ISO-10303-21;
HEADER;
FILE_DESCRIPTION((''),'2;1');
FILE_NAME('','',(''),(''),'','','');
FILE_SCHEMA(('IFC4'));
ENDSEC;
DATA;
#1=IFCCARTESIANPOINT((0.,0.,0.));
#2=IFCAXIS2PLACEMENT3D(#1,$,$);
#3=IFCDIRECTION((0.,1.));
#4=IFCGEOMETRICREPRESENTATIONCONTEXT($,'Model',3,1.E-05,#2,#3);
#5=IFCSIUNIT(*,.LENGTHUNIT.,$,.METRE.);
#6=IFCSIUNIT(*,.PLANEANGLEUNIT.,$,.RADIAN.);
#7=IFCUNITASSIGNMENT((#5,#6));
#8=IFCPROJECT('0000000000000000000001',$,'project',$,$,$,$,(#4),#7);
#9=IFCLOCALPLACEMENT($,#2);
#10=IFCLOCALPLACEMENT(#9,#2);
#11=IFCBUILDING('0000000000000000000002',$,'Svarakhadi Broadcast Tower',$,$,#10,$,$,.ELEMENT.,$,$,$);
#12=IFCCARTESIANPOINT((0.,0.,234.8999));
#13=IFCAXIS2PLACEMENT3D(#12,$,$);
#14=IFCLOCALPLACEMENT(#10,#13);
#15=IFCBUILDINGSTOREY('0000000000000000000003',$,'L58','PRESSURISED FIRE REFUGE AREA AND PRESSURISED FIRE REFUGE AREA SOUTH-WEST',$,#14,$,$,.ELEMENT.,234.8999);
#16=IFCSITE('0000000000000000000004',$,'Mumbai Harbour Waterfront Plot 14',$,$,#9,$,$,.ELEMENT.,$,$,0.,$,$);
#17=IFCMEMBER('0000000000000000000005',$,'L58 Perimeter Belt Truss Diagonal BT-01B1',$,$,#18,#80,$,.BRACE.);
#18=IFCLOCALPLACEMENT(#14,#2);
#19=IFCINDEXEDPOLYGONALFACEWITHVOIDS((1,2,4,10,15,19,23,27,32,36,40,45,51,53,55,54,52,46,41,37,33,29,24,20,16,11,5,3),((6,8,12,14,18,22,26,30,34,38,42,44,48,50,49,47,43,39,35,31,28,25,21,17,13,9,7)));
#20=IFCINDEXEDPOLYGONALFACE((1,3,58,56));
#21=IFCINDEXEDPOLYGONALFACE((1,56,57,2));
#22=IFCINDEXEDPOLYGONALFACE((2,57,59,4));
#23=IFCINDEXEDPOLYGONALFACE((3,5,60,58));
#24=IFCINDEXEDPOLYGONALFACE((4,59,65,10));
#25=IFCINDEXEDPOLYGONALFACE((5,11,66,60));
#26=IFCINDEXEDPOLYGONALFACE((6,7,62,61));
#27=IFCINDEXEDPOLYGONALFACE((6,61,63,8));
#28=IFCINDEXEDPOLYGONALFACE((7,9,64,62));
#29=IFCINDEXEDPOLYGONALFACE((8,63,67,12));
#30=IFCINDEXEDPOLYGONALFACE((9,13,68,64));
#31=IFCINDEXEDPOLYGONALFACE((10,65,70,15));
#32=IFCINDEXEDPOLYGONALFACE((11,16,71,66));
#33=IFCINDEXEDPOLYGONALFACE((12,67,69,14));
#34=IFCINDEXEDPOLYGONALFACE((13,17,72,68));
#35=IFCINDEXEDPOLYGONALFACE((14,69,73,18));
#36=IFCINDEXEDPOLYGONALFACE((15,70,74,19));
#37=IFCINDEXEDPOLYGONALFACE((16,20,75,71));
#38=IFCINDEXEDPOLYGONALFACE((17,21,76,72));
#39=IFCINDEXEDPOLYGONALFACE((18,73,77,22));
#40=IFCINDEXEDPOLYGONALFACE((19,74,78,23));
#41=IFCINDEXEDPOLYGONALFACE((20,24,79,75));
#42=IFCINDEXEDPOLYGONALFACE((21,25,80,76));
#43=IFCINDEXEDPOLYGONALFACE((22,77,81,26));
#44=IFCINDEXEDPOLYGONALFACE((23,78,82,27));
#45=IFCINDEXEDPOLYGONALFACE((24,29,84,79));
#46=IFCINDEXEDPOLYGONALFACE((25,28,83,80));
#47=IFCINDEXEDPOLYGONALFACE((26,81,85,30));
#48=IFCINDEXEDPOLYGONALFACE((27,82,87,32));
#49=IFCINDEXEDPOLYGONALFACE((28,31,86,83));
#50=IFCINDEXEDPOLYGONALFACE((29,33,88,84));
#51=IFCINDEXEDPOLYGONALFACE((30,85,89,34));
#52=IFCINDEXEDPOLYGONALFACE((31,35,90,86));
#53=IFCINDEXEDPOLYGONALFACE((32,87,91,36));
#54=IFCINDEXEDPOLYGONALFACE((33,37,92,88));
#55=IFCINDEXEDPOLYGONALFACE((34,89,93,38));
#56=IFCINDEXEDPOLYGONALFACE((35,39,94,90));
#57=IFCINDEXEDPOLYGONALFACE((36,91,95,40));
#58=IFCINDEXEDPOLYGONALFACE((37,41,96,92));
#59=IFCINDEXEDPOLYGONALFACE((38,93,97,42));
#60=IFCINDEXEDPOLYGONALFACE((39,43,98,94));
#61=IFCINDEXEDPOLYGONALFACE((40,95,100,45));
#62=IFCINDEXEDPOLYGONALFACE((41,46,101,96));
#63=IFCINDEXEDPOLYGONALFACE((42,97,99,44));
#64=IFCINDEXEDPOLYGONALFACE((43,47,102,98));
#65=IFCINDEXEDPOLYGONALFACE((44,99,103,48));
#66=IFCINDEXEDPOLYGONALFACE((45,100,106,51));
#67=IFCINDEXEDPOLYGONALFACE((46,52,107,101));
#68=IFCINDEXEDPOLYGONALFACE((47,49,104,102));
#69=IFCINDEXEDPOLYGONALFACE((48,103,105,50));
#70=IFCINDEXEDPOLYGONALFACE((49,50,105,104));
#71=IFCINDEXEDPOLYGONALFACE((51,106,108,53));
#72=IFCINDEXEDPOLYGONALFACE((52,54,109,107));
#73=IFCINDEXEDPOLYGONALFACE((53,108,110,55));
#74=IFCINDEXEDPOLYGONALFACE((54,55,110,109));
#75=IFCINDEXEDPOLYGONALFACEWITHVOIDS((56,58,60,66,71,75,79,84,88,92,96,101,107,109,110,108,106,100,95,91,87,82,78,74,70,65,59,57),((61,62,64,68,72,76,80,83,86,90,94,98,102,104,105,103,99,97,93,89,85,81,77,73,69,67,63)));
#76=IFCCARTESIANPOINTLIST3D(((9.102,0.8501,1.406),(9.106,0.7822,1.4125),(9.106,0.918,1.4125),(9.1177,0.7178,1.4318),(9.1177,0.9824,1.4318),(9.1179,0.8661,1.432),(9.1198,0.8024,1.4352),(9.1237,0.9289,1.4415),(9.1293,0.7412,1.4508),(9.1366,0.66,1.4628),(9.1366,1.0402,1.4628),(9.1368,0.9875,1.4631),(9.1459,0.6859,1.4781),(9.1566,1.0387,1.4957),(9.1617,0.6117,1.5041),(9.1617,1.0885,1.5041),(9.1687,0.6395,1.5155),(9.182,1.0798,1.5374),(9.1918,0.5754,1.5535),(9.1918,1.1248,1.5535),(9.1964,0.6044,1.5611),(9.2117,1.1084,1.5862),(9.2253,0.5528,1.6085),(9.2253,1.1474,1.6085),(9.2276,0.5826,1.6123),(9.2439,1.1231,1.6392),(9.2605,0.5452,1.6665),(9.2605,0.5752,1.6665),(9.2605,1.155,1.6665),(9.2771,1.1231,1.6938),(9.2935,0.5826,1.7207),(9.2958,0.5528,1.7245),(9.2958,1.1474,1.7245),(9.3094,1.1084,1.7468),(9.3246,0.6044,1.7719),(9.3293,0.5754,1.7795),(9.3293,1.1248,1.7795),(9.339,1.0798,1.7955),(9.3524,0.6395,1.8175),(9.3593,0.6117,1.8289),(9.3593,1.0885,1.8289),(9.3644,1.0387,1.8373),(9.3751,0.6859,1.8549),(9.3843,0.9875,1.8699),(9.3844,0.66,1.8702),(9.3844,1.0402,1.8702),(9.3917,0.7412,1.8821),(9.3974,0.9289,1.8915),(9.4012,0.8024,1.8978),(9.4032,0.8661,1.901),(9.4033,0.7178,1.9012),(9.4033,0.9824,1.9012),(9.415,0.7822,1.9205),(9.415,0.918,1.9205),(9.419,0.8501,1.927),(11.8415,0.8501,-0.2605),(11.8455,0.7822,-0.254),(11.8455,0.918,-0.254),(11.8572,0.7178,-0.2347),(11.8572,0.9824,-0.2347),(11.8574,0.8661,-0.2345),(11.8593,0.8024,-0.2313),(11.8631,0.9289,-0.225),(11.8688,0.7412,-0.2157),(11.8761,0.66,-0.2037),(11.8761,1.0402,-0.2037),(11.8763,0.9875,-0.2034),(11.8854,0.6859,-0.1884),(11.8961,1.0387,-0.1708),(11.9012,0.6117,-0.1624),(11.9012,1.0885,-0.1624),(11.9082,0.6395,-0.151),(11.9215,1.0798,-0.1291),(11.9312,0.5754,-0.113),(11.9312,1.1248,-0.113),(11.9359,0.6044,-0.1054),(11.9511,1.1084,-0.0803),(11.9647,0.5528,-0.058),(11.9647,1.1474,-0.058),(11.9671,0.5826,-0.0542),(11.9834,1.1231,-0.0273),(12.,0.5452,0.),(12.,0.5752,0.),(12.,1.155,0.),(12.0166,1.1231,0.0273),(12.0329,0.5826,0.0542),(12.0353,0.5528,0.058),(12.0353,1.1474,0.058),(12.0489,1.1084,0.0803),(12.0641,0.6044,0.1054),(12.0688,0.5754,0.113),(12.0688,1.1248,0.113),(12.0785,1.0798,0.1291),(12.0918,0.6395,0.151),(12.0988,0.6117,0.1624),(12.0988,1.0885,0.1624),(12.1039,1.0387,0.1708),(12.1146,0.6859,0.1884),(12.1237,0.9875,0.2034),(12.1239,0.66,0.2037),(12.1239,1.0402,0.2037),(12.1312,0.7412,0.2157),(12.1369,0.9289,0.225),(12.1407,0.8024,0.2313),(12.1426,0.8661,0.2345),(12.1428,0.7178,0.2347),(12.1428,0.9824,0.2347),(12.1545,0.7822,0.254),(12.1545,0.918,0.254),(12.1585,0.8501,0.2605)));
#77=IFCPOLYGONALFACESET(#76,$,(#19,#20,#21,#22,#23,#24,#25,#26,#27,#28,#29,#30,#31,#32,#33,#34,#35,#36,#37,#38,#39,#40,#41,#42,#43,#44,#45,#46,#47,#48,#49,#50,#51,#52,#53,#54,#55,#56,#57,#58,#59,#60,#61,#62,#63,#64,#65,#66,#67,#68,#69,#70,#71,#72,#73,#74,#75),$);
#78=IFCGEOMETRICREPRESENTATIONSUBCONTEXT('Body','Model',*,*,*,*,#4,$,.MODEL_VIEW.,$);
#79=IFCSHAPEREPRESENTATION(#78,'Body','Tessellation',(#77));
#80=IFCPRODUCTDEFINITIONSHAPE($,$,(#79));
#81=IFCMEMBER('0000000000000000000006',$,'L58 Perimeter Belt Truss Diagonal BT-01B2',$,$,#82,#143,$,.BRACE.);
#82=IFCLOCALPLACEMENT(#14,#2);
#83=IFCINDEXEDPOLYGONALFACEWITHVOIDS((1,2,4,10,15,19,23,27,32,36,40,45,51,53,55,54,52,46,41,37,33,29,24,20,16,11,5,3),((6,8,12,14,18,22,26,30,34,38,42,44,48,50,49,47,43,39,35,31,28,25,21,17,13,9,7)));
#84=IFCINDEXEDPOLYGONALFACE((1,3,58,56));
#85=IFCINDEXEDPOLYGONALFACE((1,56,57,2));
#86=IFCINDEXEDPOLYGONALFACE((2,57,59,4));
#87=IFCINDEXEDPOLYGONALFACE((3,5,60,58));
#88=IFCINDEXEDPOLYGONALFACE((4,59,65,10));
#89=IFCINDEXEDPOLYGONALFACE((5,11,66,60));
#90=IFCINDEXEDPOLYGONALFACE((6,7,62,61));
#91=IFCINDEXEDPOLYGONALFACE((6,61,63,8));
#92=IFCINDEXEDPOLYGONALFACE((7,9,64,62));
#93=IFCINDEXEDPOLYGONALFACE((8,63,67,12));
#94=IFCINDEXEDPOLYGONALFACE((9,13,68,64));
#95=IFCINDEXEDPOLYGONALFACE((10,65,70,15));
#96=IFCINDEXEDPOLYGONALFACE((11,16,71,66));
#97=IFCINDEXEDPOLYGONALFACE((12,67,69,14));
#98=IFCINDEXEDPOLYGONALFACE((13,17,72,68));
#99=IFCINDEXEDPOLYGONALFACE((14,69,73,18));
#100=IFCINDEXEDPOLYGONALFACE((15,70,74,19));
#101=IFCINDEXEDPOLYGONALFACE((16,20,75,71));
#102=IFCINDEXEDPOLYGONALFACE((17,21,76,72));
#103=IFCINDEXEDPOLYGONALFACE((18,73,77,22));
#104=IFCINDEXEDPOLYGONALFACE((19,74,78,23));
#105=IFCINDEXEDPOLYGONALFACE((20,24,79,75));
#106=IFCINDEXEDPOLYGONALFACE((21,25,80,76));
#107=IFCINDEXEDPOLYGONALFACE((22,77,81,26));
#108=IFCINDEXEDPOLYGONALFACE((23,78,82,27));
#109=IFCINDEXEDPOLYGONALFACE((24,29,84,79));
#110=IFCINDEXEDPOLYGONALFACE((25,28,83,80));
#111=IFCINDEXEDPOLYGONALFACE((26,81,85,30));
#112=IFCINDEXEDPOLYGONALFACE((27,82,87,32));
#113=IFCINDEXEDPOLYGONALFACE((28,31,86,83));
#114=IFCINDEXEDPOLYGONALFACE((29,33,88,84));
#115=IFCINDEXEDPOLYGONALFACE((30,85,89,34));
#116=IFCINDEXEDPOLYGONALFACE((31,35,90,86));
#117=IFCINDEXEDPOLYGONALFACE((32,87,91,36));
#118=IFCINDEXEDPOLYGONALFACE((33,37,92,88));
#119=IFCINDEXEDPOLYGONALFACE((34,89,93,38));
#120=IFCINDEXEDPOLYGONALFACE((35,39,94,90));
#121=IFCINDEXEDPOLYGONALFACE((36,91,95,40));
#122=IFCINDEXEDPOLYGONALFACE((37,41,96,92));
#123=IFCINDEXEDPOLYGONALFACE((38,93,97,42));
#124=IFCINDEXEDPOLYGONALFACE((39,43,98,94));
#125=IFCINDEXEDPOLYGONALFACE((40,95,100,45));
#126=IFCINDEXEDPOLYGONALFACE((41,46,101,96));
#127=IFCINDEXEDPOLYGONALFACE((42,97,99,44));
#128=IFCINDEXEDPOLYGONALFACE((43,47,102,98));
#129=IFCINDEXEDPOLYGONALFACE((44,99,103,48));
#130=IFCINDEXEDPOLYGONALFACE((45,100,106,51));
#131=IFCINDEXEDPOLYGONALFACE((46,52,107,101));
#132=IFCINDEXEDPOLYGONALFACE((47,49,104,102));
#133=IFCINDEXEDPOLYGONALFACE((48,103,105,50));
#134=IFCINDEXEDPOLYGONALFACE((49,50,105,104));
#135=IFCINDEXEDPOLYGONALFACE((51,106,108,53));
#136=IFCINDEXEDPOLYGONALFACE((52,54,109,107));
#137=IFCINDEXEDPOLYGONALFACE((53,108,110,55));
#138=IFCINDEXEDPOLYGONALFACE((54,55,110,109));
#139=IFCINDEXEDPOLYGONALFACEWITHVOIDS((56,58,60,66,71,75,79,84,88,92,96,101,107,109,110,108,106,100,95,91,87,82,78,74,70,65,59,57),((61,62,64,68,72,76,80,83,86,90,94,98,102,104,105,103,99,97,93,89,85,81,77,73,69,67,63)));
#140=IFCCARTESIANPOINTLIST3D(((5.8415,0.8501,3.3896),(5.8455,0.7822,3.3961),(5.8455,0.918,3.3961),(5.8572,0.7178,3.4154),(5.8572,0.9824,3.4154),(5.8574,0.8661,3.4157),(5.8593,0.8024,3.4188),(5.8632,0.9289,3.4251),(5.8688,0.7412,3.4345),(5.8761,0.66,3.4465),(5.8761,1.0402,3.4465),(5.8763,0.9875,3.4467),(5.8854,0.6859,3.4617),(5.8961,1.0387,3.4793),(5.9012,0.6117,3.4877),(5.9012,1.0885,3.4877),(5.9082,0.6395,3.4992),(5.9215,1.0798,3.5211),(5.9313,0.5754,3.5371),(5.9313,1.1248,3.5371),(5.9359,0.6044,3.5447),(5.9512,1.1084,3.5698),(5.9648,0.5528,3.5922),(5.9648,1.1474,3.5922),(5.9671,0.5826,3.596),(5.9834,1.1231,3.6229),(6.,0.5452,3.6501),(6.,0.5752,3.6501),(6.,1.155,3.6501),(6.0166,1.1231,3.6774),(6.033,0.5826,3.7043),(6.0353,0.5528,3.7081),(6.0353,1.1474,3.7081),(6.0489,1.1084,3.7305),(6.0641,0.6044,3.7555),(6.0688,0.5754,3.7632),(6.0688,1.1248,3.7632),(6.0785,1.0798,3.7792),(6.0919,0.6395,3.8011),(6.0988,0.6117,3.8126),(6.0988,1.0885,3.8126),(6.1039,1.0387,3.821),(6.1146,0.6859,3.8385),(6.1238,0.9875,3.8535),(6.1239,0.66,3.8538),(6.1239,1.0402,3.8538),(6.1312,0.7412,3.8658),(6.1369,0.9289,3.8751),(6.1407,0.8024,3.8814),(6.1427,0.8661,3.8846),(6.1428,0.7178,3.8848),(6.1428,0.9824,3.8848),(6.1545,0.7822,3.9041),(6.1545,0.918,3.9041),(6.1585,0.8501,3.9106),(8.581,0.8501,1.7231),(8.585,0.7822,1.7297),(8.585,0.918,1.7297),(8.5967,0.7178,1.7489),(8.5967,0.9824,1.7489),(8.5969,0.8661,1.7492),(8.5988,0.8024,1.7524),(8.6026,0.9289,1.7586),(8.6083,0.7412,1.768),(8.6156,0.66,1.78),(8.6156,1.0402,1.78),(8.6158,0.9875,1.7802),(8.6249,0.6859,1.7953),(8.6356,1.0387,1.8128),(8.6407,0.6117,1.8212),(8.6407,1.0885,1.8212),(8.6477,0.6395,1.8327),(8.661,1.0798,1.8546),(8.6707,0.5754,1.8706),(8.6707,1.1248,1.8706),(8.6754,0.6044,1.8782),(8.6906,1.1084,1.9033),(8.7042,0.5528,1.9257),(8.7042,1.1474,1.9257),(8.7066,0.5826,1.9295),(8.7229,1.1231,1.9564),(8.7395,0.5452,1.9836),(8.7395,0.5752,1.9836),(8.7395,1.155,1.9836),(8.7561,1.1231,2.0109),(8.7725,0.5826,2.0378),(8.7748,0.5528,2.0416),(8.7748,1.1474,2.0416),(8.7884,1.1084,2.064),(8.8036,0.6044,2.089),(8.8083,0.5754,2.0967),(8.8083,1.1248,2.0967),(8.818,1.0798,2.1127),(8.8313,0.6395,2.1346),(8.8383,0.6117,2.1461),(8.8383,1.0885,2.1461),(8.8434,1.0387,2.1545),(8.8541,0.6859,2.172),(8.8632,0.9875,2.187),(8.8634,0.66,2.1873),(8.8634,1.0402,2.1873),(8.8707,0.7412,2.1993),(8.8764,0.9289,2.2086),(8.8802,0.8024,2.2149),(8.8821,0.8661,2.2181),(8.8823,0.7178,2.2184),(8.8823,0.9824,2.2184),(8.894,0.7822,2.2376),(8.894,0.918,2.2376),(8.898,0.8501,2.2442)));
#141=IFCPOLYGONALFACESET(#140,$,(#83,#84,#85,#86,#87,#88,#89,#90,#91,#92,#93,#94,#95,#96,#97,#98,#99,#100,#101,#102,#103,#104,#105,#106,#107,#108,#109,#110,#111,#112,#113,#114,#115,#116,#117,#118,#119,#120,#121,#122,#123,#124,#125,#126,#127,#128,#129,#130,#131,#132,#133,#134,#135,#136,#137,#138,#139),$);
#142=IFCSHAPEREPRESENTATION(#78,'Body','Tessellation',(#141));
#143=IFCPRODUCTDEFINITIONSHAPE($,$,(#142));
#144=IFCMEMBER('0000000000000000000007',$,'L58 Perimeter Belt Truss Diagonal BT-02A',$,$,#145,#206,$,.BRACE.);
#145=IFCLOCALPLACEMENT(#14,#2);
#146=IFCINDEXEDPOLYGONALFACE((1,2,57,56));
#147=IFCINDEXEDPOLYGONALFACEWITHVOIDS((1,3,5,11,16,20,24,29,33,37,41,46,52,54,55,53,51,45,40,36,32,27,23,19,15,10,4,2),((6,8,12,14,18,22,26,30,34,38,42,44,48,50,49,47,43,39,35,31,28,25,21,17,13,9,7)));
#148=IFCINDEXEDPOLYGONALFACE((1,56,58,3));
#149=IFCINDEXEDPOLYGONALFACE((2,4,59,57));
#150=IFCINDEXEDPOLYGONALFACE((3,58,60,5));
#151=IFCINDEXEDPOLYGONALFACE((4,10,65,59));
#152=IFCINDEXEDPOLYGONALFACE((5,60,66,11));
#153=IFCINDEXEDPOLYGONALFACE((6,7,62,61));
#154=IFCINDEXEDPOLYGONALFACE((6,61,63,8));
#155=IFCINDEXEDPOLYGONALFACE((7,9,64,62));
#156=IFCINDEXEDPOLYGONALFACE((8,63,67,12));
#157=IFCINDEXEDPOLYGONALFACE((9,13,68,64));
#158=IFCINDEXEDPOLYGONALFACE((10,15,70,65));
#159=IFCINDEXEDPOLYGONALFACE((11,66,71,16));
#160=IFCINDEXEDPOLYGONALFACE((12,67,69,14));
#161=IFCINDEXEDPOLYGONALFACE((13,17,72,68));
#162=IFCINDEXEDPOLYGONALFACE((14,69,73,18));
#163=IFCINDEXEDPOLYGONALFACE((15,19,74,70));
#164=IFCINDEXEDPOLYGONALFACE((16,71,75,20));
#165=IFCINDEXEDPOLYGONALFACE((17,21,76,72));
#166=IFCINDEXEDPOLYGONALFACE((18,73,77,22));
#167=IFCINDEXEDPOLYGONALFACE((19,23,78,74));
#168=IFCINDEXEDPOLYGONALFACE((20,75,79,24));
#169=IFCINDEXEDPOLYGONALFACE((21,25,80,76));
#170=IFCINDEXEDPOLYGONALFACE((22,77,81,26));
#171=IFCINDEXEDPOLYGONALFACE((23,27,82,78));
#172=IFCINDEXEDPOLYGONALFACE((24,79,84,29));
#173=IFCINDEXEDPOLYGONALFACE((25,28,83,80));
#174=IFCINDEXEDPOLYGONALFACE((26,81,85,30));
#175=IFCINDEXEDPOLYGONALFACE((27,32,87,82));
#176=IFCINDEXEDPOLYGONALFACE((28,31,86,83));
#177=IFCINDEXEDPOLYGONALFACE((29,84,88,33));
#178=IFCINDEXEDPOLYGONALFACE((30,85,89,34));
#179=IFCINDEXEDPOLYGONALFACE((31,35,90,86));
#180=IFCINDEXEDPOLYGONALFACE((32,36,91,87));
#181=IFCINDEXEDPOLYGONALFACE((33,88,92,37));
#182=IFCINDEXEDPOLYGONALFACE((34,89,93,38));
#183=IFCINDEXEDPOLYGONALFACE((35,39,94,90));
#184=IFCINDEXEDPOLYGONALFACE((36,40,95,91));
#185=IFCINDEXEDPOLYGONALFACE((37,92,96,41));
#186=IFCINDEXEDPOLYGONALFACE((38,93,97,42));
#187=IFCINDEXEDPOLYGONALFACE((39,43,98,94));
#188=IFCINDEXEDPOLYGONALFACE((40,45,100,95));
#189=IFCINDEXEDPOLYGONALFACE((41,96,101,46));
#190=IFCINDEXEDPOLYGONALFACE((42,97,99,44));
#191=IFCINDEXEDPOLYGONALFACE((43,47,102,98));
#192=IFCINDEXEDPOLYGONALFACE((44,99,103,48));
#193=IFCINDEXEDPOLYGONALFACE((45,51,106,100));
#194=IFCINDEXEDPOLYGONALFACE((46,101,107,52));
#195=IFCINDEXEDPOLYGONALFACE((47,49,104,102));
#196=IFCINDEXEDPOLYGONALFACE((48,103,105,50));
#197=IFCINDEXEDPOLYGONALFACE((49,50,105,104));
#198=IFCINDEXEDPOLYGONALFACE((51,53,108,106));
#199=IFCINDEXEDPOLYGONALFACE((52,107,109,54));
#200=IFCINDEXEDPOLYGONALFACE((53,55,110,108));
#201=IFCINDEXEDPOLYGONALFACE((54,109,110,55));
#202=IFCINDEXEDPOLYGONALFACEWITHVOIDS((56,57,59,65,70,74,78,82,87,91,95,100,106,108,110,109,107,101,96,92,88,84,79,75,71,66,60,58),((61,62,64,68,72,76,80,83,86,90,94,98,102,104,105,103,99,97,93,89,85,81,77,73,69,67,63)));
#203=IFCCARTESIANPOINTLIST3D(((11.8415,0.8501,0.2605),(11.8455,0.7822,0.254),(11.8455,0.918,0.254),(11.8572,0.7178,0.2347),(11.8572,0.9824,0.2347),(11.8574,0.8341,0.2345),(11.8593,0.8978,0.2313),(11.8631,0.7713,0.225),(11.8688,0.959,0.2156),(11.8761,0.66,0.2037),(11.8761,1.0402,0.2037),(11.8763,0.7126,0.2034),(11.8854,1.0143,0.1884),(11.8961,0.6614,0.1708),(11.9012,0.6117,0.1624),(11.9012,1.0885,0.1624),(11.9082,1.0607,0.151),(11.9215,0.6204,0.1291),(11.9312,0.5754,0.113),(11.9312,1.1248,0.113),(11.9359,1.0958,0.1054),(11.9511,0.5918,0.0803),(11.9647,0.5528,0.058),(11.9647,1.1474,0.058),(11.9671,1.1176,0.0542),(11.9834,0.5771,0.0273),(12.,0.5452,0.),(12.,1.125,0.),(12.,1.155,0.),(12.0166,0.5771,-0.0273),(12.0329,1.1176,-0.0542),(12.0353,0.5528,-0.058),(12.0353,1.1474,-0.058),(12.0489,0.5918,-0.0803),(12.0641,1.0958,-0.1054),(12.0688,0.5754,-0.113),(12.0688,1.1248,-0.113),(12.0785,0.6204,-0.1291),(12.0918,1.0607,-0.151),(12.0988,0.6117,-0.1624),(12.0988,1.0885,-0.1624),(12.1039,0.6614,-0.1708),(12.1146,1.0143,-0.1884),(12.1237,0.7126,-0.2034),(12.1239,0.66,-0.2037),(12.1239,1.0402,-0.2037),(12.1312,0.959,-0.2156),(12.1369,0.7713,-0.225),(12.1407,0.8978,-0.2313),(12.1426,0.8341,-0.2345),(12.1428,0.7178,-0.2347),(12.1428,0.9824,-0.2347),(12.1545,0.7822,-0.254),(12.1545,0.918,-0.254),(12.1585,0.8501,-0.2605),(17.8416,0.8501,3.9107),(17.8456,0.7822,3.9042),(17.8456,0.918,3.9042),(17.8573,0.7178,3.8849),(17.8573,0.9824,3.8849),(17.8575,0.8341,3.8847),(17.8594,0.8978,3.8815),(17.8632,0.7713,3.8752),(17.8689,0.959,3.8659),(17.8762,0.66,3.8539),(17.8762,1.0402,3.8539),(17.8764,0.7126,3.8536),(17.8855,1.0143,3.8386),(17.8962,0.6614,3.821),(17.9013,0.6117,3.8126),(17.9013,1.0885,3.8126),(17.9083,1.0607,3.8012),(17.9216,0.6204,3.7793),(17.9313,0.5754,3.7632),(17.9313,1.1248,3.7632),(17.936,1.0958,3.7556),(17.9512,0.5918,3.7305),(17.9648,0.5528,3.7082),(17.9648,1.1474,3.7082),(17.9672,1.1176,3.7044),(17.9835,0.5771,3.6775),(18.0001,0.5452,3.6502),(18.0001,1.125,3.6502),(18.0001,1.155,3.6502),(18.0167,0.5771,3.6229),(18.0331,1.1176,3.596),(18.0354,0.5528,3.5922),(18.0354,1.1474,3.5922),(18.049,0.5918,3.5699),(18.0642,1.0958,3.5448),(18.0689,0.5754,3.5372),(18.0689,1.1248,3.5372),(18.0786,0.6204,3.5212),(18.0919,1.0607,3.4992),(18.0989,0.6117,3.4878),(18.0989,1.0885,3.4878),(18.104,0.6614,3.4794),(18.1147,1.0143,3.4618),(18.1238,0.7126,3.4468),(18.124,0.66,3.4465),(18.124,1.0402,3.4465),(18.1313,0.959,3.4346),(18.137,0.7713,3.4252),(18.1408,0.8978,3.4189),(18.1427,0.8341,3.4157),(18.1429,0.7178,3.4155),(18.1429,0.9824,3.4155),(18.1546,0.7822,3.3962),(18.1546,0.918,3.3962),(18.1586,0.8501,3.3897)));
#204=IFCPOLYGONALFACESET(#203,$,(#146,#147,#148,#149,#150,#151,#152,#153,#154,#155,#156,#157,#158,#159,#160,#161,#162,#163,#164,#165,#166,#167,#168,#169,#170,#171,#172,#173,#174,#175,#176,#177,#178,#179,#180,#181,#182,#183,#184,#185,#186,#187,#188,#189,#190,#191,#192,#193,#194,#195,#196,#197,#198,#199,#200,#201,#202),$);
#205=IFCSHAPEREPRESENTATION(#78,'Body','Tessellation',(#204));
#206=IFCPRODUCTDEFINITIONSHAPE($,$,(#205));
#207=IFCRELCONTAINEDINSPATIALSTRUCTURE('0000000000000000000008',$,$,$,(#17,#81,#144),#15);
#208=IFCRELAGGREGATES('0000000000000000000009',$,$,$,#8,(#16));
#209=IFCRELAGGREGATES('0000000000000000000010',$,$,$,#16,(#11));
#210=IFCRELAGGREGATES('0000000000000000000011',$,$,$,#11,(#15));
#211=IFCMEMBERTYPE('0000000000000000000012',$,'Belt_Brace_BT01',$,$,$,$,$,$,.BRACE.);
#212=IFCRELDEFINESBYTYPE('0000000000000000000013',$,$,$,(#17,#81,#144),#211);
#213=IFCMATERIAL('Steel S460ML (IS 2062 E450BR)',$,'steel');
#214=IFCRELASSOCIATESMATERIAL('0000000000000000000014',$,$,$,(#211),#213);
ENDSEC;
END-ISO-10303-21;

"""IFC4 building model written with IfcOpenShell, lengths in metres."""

from ifc_helpers import new_model, si_unit, direction, frame, origin, origin_2d, place, context, subcontext, project, spatial, hollow_circle, extrude, material, material_profile, profile_set, type_object, element, save


model = new_model("IFC4")

# Units and contexts
model_context = context("Model", 3, precision=1e-05, world=origin(), true_north=direction((0.0, 1.0)))
body_context = subcontext(model_context, "Body", "Model", "MODEL_VIEW")
ifc_project = project(units=[si_unit("LENGTHUNIT", "METRE"), si_unit("PLANEANGLEUNIT", "RADIAN")], contexts=[model_context])

# Site, building, storey
site_placement = place(None, origin())
site = spatial("IfcSite", under=ifc_project, at=site_placement, Name="Mumbai Harbour Waterfront Plot 14", CompositionType="ELEMENT", RefElevation=0.0)
building_placement = place(site_placement, origin())
building = spatial("IfcBuilding", under=site, at=building_placement, Name="Svarakhadi Broadcast Tower", CompositionType="ELEMENT")
storey_placement = place(building_placement, frame((0.0, 0.0, 234.8999)))
storey = spatial("IfcBuildingStorey", under=building, at=storey_placement, Name="L58", Description="PRESSURISED FIRE REFUGE AREA AND PRESSURISED FIRE REFUGE AREA SOUTH-WEST", CompositionType="ELEMENT", Elevation=234.8999)

# Shared definitions
ifc_material_1 = material(Name="Steel S460ML (IS 2062 E450BR)", Category="steel")

# Members
ifc_material_profile_1 = material_profile(ifc_material_1, hollow_circle(Radius=0.3049, WallThickness=0.03, at=origin_2d()), Name="CHS 610x30")
ifc_profile_set_1 = profile_set([ifc_material_profile_1], Name="Steel S460ML (IS 2062 E450BR)")
member_type_1 = type_object("IfcMemberType", Name="Belt_Brace_BT01", PredefinedType="BRACE", material=ifc_profile_set_1)
for number, where, z_axis, x_axis, name in (
    (1, (12.0, 0.8501, 0.0), (-0.85434, 0.0, 0.519715), (0.0, -1.0, 0.0), "L58 Perimeter Belt Truss Diagonal BT-01B1"),
    (2, (8.7395, 0.8501, 1.9836), (-0.85434, 0.0, 0.519715), (0.0, -1.0, 0.0), "L58 Perimeter Belt Truss Diagonal BT-01B2"),
):
    element("IfcMember", number, at=place(storey_placement, frame(where, z_axis=z_axis, x_axis=x_axis)), inside=storey, type_object=member_type_1, Name=name, PredefinedType="BRACE", context=body_context, shape_type="SweptSolid", body=[
        extrude(hollow_circle(Radius=0.3049, WallThickness=0.03, at=origin_2d()), origin(), (0.0, 0.0, 1.0), 3.2065),
    ])
member_1_placement = place(storey_placement, frame((12.0, 0.8501, 0.0), z_axis=(0.854327, 0.0, 0.519736), x_axis=(0.0, 1.0, 0.0)))
element("IfcMember", 3, at=member_1_placement, inside=storey, type_object=member_type_1, Name="L58 Perimeter Belt Truss Diagonal BT-02A", PredefinedType="BRACE", context=body_context, shape_type="SweptSolid", body=[
    extrude(hollow_circle(Radius=0.3049, WallThickness=0.03, at=origin_2d()), origin(), (0.0, 0.0, 1.0), 7.0232),
])

save(model, "model.ifc")
